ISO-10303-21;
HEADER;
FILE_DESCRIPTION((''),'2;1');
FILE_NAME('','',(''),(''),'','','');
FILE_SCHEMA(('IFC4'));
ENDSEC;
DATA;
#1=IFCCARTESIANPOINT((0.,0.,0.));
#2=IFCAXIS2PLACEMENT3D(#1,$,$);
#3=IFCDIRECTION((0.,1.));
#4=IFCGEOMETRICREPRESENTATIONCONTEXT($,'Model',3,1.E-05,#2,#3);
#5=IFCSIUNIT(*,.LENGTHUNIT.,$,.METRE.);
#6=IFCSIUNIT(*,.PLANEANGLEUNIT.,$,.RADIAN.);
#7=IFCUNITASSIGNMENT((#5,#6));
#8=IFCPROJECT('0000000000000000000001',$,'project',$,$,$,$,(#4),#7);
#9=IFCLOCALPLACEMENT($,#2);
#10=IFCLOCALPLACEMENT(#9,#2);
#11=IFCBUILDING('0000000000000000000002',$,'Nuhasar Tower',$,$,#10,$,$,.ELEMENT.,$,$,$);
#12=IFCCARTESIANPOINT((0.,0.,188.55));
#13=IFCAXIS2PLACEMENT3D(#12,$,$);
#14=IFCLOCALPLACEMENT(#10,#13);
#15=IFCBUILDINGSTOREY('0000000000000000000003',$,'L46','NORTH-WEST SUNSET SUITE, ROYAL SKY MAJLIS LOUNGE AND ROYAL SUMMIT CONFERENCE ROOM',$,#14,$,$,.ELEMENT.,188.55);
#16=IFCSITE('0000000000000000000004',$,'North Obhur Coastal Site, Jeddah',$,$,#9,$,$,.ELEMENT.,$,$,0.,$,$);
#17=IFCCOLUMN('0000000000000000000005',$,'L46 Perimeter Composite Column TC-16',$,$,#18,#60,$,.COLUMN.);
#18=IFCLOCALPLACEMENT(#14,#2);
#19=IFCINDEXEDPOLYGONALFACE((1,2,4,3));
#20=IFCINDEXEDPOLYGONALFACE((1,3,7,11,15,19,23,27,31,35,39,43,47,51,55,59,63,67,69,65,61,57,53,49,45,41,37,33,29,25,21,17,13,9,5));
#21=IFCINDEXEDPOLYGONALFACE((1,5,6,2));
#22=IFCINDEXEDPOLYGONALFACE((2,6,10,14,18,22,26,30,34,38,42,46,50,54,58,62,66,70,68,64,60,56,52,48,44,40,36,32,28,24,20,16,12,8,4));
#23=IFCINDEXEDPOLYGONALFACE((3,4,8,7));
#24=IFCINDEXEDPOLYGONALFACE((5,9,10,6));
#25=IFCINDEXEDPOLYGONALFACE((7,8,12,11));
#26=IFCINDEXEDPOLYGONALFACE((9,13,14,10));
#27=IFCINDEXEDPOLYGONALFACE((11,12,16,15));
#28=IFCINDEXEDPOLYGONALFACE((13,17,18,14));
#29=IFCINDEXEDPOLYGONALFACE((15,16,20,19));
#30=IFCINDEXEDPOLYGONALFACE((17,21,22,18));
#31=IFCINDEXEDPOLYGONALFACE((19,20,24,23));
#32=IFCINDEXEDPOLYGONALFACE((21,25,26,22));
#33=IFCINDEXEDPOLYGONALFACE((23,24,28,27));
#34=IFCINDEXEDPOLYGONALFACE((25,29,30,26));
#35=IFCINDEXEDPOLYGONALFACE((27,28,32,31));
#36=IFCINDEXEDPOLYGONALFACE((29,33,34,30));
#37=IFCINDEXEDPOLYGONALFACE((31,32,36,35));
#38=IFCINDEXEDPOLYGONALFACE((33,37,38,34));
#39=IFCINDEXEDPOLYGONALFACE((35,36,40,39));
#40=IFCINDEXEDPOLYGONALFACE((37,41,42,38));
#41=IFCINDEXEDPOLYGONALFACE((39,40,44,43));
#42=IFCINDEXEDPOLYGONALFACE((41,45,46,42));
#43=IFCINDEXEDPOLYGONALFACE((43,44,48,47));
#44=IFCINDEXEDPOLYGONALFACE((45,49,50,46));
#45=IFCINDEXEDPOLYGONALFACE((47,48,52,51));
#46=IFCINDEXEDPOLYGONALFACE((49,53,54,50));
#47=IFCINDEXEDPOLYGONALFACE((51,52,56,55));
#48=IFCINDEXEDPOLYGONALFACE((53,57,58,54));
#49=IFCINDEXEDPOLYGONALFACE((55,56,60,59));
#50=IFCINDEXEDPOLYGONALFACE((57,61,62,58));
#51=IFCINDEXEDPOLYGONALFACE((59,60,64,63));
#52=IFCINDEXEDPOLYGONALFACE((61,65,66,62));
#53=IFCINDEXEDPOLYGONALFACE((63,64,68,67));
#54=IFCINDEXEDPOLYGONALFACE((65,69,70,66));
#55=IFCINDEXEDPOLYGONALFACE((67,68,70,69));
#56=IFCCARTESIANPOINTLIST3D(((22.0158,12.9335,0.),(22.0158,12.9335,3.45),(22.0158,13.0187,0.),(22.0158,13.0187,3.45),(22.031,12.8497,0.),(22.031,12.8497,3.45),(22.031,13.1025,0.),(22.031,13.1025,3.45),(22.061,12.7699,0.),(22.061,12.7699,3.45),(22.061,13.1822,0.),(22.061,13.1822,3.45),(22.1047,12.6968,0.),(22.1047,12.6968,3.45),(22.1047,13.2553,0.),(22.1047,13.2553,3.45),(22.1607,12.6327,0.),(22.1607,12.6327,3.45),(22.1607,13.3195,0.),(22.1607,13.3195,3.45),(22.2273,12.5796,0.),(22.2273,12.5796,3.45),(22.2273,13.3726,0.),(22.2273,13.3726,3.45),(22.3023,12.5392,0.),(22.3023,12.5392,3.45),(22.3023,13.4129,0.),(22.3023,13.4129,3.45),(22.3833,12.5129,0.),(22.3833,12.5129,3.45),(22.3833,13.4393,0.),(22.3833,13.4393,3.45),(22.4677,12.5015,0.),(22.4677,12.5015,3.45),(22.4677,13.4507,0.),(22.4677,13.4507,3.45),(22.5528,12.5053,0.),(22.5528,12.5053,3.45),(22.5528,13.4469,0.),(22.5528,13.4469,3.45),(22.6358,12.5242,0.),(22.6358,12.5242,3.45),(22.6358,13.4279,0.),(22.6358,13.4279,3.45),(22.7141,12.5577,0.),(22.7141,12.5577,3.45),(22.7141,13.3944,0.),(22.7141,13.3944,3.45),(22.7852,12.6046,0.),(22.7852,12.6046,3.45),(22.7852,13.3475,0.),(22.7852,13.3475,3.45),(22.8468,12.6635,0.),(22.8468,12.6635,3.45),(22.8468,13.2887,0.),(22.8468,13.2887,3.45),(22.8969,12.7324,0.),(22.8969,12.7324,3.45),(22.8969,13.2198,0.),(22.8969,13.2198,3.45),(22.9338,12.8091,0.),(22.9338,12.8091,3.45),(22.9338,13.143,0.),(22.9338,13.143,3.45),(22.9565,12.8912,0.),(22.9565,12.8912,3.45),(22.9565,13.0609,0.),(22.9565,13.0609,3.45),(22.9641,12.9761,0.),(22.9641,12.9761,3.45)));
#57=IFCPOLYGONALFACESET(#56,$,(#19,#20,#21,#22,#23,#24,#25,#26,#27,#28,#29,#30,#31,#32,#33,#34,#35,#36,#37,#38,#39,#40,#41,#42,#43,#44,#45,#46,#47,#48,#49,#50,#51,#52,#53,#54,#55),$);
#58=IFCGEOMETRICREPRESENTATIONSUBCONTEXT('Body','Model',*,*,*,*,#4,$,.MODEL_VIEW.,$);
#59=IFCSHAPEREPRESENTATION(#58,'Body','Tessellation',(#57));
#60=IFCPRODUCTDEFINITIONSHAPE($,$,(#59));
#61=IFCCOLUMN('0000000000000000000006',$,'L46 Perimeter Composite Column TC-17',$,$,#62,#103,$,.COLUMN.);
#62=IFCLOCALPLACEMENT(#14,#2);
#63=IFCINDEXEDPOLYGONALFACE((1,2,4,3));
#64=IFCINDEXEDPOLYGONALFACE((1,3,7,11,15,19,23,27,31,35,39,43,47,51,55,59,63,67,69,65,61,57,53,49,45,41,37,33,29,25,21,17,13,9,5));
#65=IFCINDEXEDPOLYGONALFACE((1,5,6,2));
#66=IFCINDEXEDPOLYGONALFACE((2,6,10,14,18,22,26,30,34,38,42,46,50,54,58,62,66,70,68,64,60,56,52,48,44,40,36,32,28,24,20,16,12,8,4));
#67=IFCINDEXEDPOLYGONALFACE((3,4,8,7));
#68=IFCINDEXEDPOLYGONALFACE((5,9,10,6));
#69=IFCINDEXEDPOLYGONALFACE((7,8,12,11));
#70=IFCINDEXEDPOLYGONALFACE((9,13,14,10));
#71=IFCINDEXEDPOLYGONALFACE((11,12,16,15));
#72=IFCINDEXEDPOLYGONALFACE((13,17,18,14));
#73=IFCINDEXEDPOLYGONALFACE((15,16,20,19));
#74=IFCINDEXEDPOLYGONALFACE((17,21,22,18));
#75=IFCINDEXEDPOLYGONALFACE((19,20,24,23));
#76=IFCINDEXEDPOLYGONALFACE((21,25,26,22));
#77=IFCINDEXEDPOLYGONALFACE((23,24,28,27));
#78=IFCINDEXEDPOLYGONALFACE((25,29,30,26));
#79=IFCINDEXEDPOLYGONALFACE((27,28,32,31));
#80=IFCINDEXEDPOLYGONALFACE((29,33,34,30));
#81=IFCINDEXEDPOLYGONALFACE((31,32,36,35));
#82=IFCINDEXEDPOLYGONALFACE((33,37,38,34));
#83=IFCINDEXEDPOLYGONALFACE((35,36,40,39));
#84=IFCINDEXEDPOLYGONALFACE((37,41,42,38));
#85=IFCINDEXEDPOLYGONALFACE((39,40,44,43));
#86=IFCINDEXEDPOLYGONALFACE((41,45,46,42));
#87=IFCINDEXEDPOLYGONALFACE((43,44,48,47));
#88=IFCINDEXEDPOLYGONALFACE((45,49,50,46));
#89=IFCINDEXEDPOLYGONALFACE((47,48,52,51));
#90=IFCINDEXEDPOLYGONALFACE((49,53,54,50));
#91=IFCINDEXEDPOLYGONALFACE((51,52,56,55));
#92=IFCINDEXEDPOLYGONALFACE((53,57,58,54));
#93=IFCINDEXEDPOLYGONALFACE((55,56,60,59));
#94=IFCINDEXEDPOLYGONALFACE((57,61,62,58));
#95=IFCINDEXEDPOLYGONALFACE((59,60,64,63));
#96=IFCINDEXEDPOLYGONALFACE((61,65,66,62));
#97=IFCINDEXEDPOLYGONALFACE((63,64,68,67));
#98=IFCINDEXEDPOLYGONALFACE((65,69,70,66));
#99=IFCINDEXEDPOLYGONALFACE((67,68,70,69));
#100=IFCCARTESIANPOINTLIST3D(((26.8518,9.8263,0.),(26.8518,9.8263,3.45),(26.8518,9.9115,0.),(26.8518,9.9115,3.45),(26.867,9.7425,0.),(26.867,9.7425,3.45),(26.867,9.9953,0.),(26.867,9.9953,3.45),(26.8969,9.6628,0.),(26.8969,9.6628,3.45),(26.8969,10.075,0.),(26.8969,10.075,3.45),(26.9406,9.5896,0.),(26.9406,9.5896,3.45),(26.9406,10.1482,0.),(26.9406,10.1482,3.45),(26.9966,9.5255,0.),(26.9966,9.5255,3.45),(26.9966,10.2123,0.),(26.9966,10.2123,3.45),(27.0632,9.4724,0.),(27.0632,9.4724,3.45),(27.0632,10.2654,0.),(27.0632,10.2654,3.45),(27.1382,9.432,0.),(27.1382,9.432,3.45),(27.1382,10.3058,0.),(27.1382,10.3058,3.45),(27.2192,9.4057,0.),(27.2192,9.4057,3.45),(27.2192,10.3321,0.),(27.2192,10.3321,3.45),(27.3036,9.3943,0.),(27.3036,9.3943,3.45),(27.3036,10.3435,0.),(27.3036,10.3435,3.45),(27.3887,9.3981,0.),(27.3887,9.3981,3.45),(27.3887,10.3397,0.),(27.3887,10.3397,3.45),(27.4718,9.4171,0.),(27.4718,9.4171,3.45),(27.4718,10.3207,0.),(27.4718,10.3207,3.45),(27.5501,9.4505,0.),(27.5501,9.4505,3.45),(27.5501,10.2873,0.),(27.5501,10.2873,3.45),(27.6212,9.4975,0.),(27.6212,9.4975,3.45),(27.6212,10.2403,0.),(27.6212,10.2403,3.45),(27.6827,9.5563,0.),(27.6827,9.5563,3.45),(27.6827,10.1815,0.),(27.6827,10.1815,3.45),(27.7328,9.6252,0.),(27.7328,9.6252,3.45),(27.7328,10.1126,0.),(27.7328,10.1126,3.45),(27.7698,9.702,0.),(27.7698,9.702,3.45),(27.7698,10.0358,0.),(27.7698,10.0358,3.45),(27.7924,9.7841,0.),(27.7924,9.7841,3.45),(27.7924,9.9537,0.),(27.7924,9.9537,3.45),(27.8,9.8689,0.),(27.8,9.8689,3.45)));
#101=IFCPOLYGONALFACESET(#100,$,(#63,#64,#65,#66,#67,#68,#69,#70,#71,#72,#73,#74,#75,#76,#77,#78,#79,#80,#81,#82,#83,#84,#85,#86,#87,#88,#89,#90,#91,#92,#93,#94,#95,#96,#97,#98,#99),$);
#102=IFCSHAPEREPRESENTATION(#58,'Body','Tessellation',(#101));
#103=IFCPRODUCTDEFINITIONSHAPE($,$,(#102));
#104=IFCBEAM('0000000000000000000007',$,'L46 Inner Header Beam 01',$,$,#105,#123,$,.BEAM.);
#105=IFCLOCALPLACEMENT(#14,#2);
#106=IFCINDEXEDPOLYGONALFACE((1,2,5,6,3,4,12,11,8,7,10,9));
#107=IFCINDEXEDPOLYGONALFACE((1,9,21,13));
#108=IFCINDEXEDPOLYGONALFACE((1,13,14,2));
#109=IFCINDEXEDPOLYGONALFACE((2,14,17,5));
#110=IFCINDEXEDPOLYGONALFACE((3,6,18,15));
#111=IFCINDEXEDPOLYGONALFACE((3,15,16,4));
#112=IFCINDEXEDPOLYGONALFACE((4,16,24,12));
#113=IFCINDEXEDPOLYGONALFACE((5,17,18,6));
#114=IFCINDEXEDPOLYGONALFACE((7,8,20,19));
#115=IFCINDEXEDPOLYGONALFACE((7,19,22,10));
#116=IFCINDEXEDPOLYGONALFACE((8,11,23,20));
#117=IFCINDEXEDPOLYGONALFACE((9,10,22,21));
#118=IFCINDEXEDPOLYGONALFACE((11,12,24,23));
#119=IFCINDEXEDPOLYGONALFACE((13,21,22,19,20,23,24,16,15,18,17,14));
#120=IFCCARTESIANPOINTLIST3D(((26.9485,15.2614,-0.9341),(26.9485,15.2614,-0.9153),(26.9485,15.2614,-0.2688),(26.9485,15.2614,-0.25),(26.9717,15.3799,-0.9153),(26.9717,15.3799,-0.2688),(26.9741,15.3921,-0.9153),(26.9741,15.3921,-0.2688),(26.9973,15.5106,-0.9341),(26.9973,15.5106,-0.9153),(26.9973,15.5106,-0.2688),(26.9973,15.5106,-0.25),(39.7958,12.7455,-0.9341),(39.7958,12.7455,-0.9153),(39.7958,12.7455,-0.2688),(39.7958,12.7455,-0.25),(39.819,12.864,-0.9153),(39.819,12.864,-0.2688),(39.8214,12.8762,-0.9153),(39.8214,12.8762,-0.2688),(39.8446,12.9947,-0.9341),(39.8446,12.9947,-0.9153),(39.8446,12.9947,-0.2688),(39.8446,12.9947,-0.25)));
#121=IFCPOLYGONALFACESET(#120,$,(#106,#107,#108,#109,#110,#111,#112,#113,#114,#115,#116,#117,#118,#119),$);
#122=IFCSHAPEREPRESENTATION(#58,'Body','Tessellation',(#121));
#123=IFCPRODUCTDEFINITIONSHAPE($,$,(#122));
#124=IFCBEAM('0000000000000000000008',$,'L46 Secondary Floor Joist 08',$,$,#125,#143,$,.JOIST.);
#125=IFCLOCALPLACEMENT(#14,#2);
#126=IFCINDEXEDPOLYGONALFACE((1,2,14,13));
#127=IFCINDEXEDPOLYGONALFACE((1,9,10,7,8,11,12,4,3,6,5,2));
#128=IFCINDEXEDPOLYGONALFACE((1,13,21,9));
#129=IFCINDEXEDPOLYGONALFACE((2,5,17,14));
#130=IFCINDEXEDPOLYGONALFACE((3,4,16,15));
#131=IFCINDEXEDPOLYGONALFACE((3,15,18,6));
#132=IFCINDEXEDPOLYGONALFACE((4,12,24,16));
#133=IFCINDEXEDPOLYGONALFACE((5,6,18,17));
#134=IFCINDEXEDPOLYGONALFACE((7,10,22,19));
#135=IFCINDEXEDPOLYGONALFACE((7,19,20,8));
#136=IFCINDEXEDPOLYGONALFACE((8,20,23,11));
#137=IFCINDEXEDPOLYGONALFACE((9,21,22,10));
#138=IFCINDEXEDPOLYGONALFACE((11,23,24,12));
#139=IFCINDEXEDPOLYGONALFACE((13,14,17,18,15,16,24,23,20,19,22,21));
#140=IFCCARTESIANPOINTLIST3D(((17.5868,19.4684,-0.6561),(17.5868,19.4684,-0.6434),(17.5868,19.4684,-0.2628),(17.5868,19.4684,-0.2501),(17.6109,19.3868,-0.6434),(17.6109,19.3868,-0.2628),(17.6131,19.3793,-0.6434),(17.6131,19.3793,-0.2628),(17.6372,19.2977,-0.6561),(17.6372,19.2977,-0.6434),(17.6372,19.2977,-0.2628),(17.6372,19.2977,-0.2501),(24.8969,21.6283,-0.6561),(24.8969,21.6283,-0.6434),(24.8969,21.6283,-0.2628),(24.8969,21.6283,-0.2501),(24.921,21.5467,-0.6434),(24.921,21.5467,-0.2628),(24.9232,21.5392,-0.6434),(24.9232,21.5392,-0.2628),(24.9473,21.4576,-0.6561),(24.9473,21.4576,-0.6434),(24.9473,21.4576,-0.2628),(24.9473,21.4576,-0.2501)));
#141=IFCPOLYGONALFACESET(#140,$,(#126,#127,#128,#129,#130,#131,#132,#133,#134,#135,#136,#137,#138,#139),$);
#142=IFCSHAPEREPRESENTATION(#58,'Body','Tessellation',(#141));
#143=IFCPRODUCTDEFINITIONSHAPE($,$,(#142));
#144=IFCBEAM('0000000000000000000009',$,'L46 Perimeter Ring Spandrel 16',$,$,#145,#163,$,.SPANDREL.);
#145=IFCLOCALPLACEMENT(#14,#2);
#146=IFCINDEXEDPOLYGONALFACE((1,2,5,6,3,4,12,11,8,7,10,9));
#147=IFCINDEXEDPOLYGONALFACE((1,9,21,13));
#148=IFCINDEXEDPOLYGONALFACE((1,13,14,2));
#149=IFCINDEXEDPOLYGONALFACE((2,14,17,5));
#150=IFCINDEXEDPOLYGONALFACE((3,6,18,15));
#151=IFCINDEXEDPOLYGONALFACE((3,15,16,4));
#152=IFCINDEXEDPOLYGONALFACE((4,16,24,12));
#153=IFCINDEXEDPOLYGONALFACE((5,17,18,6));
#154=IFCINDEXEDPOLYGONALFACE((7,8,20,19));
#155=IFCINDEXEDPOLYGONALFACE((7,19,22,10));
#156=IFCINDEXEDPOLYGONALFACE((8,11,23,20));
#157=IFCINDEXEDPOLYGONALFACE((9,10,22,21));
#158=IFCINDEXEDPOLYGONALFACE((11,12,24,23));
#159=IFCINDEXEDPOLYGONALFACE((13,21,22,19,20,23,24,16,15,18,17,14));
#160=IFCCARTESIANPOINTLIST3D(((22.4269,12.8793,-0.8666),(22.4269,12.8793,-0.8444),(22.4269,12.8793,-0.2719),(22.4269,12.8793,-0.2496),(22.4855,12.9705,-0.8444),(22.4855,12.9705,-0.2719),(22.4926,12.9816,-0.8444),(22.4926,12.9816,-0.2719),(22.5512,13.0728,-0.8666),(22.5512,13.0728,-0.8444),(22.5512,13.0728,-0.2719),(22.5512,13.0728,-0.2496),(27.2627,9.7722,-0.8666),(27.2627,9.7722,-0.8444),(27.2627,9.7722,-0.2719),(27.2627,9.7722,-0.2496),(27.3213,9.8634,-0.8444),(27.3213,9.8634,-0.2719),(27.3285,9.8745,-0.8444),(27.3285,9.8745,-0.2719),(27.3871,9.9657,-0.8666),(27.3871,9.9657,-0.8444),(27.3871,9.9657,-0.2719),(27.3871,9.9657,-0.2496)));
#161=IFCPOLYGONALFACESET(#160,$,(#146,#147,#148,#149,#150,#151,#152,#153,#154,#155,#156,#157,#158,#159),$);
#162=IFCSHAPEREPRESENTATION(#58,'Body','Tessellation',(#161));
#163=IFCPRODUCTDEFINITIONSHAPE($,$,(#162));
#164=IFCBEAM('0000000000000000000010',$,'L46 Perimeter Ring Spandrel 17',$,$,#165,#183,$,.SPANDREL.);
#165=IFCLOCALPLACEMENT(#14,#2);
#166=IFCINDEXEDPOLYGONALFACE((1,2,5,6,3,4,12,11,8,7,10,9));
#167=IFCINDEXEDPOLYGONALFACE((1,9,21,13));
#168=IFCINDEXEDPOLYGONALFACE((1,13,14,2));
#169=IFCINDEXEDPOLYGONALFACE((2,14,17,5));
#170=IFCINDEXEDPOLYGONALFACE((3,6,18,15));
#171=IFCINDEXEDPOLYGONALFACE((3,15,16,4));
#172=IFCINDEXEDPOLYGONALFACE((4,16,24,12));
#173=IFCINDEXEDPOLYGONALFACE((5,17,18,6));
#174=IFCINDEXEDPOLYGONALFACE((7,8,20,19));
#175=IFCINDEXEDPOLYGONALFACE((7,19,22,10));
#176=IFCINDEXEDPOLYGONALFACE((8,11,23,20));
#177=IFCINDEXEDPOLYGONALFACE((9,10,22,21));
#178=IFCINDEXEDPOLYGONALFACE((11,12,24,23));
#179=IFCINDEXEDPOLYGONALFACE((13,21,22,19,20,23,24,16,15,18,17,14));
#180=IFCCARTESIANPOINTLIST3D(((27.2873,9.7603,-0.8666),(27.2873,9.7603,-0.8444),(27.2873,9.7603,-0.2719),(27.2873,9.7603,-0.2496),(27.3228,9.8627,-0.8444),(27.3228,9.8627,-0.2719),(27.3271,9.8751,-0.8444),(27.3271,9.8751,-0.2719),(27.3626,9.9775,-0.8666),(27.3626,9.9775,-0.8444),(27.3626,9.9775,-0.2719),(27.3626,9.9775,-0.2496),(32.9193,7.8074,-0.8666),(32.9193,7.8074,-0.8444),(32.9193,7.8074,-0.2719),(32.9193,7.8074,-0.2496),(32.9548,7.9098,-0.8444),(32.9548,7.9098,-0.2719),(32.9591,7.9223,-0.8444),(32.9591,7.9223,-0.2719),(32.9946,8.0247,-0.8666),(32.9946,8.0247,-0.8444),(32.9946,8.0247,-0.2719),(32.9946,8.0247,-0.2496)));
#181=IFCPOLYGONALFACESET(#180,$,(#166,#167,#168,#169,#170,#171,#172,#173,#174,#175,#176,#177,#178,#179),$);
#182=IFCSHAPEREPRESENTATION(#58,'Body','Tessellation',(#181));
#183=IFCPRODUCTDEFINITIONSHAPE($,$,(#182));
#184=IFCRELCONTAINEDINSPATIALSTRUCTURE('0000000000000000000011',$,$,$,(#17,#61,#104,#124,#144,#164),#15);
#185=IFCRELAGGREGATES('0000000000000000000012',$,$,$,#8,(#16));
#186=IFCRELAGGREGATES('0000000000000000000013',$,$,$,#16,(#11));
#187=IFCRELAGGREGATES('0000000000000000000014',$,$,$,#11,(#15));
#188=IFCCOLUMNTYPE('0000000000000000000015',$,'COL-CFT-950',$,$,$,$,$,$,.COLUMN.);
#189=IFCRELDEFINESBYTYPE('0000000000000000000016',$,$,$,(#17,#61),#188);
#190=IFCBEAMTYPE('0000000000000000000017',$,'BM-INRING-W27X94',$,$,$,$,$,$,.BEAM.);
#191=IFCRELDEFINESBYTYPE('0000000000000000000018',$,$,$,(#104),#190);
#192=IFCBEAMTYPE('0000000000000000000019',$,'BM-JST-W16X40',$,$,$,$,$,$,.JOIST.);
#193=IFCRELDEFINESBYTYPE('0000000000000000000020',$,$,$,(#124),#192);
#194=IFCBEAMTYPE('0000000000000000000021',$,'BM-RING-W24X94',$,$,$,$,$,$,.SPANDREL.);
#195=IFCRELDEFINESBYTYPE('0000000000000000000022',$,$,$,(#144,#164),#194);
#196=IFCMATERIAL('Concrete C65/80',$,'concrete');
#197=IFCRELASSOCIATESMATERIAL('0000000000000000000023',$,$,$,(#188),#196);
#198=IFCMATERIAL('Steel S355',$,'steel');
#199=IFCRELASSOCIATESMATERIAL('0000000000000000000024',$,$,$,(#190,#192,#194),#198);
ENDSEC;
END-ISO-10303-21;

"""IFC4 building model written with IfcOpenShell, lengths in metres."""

from ifc_helpers import new_model, si_unit, direction, frame, origin, origin_2d, place, context, subcontext, project, spatial, circle, i_section, extrude, material, material_profile, profile_set, type_object, element, save


model = new_model("IFC4")

# Units and contexts
model_context = context("Model", 3, precision=1e-05, world=origin(), true_north=direction((0.0, 1.0)))
body_context = subcontext(model_context, "Body", "Model", "MODEL_VIEW")
ifc_project = project(units=[si_unit("LENGTHUNIT", "METRE"), si_unit("PLANEANGLEUNIT", "RADIAN")], contexts=[model_context])

# Site, building, storey
site_placement = place(None, origin())
site = spatial("IfcSite", under=ifc_project, at=site_placement, Name="North Obhur Coastal Site, Jeddah", CompositionType="ELEMENT", RefElevation=0.0)
building_placement = place(site_placement, origin())
building = spatial("IfcBuilding", under=site, at=building_placement, Name="Nuhasar Tower", CompositionType="ELEMENT")
storey_placement = place(building_placement, frame((0.0, 0.0, 188.55)))
storey = spatial("IfcBuildingStorey", under=building, at=storey_placement, Name="L46", Description="NORTH-WEST SUNSET SUITE, ROYAL SKY MAJLIS LOUNGE AND ROYAL SUMMIT CONFERENCE ROOM", CompositionType="ELEMENT", Elevation=188.55)

# Columns
ifc_material_1 = material(Name="Concrete C65/80", Category="concrete")
ifc_material_profile_1 = material_profile(ifc_material_1, circle(Radius=0.4751, at=origin_2d()), Name="CFT950")
ifc_profile_set_1 = profile_set([ifc_material_profile_1], Name="Concrete C65/80")
column_type = type_object("IfcColumnType", Name="COL-CFT-950", PredefinedType="COLUMN", material=ifc_profile_set_1)
for number, where, z_axis, x_axis, name in (
    (1, (22.489, 12.9761, 0.0), (0.0, 0.0, 1.0), (1.0, 0.0, 0.0), "L46 Perimeter Composite Column TC-16"),
    (2, (27.325, 9.8689, 0.0), (0.0, 0.0, 1.0), (1.0, 0.0, 0.0), "L46 Perimeter Composite Column TC-17"),
):
    element("IfcColumn", number, at=place(storey_placement, frame(where, z_axis=z_axis, x_axis=x_axis)), inside=storey, type_object=column_type, Name=name, PredefinedType="COLUMN", context=body_context, shape_type="SweptSolid", body=[
        extrude(circle(Radius=0.4751, at=origin_2d()), origin(), (0.0, 0.0, 1.0), 3.45),
    ])

# Beams
ifc_material_2 = material(Name="Steel S355", Category="steel")
ifc_material_profile_2 = material_profile(ifc_material_2, i_section(OverallWidth=0.2539, OverallDepth=0.6841, WebThickness=0.0125, FlangeThickness=0.0188, at=origin_2d()), Name="W27X94")
ifc_profile_set_2 = profile_set([ifc_material_profile_2], Name="Steel S355")
beam_type_1 = type_object("IfcBeamType", Name="BM-INRING-W27X94", PredefinedType="BEAM", material=ifc_profile_set_2)
beam_1_placement = place(storey_placement, frame((26.9729, 15.386, -0.592), z_axis=(0.98136, -0.19218, 0.0), x_axis=(0.19218, 0.98136, 0.0)))
element("IfcBeam", 3, at=beam_1_placement, inside=storey, type_object=beam_type_1, Name="L46 Inner Header Beam 01", PredefinedType="BEAM", context=body_context, shape_type="SweptSolid", body=[
    extrude(i_section(OverallWidth=0.2539, OverallDepth=0.6841, WebThickness=0.0125, FlangeThickness=0.0188, at=origin_2d()), origin(), (0.0, 0.0, 1.0), 13.0913),
])
ifc_material_profile_3 = material_profile(ifc_material_2, i_section(OverallWidth=0.178, OverallDepth=0.406, WebThickness=0.0078, FlangeThickness=0.0127, at=origin_2d()), Name="W16X40")
ifc_profile_set_3 = profile_set([ifc_material_profile_3], Name="Steel S355")
beam_type_2 = type_object("IfcBeamType", Name="BM-JST-W16X40", PredefinedType="JOIST", material=ifc_profile_set_3)
beam_2_placement = place(storey_placement, frame((24.9221, 21.543, -0.4531), z_axis=(-0.959013, -0.283361, 0.0), x_axis=(0.283361, -0.959013, 0.0)))
element("IfcBeam", 4, at=beam_2_placement, inside=storey, type_object=beam_type_2, Name="L46 Secondary Floor Joist 08", PredefinedType="JOIST", context=body_context, shape_type="SweptSolid", body=[
    extrude(i_section(OverallWidth=0.178, OverallDepth=0.406, WebThickness=0.0078, FlangeThickness=0.0127, at=origin_2d()), origin(), (0.0, 0.0, 1.0), 7.6226),
])
ifc_material_profile_4 = material_profile(ifc_material_2, i_section(OverallWidth=0.23, OverallDepth=0.6169, WebThickness=0.0132, FlangeThickness=0.0222, at=origin_2d()), Name="W24X94")
ifc_profile_set_4 = profile_set([ifc_material_profile_4], Name="Steel S355")
beam_type_3 = type_object("IfcBeamType", Name="BM-RING-W24X94", PredefinedType="SPANDREL", material=ifc_profile_set_4)
beam_3_placement = place(storey_placement, frame((22.489, 12.9761, -0.5581), z_axis=(0.841308, -0.540556, 0.0), x_axis=(0.540556, 0.841308, 0.0)))
element("IfcBeam", 5, at=beam_3_placement, inside=storey, type_object=beam_type_3, Name="L46 Perimeter Ring Spandrel 16", PredefinedType="SPANDREL", context=body_context, shape_type="SweptSolid", body=[
    extrude(i_section(OverallWidth=0.23, OverallDepth=0.6169, WebThickness=0.0132, FlangeThickness=0.0222, at=origin_2d()), origin(), (0.0, 0.0, 1.0), 5.748),
])
beam_4_placement = place(storey_placement, frame((27.325, 9.8689, -0.5581), z_axis=(0.944814, -0.327607, 0.0), x_axis=(0.327607, 0.944814, 0.0)))
element("IfcBeam", 6, at=beam_4_placement, inside=storey, type_object=beam_type_3, Name="L46 Perimeter Ring Spandrel 17", PredefinedType="SPANDREL", context=body_context, shape_type="SweptSolid", body=[
    extrude(i_section(OverallWidth=0.23, OverallDepth=0.6169, WebThickness=0.0132, FlangeThickness=0.0222, at=origin_2d()), origin(), (0.0, 0.0, 1.0), 5.9609),
])

save(model, "model.ifc")
